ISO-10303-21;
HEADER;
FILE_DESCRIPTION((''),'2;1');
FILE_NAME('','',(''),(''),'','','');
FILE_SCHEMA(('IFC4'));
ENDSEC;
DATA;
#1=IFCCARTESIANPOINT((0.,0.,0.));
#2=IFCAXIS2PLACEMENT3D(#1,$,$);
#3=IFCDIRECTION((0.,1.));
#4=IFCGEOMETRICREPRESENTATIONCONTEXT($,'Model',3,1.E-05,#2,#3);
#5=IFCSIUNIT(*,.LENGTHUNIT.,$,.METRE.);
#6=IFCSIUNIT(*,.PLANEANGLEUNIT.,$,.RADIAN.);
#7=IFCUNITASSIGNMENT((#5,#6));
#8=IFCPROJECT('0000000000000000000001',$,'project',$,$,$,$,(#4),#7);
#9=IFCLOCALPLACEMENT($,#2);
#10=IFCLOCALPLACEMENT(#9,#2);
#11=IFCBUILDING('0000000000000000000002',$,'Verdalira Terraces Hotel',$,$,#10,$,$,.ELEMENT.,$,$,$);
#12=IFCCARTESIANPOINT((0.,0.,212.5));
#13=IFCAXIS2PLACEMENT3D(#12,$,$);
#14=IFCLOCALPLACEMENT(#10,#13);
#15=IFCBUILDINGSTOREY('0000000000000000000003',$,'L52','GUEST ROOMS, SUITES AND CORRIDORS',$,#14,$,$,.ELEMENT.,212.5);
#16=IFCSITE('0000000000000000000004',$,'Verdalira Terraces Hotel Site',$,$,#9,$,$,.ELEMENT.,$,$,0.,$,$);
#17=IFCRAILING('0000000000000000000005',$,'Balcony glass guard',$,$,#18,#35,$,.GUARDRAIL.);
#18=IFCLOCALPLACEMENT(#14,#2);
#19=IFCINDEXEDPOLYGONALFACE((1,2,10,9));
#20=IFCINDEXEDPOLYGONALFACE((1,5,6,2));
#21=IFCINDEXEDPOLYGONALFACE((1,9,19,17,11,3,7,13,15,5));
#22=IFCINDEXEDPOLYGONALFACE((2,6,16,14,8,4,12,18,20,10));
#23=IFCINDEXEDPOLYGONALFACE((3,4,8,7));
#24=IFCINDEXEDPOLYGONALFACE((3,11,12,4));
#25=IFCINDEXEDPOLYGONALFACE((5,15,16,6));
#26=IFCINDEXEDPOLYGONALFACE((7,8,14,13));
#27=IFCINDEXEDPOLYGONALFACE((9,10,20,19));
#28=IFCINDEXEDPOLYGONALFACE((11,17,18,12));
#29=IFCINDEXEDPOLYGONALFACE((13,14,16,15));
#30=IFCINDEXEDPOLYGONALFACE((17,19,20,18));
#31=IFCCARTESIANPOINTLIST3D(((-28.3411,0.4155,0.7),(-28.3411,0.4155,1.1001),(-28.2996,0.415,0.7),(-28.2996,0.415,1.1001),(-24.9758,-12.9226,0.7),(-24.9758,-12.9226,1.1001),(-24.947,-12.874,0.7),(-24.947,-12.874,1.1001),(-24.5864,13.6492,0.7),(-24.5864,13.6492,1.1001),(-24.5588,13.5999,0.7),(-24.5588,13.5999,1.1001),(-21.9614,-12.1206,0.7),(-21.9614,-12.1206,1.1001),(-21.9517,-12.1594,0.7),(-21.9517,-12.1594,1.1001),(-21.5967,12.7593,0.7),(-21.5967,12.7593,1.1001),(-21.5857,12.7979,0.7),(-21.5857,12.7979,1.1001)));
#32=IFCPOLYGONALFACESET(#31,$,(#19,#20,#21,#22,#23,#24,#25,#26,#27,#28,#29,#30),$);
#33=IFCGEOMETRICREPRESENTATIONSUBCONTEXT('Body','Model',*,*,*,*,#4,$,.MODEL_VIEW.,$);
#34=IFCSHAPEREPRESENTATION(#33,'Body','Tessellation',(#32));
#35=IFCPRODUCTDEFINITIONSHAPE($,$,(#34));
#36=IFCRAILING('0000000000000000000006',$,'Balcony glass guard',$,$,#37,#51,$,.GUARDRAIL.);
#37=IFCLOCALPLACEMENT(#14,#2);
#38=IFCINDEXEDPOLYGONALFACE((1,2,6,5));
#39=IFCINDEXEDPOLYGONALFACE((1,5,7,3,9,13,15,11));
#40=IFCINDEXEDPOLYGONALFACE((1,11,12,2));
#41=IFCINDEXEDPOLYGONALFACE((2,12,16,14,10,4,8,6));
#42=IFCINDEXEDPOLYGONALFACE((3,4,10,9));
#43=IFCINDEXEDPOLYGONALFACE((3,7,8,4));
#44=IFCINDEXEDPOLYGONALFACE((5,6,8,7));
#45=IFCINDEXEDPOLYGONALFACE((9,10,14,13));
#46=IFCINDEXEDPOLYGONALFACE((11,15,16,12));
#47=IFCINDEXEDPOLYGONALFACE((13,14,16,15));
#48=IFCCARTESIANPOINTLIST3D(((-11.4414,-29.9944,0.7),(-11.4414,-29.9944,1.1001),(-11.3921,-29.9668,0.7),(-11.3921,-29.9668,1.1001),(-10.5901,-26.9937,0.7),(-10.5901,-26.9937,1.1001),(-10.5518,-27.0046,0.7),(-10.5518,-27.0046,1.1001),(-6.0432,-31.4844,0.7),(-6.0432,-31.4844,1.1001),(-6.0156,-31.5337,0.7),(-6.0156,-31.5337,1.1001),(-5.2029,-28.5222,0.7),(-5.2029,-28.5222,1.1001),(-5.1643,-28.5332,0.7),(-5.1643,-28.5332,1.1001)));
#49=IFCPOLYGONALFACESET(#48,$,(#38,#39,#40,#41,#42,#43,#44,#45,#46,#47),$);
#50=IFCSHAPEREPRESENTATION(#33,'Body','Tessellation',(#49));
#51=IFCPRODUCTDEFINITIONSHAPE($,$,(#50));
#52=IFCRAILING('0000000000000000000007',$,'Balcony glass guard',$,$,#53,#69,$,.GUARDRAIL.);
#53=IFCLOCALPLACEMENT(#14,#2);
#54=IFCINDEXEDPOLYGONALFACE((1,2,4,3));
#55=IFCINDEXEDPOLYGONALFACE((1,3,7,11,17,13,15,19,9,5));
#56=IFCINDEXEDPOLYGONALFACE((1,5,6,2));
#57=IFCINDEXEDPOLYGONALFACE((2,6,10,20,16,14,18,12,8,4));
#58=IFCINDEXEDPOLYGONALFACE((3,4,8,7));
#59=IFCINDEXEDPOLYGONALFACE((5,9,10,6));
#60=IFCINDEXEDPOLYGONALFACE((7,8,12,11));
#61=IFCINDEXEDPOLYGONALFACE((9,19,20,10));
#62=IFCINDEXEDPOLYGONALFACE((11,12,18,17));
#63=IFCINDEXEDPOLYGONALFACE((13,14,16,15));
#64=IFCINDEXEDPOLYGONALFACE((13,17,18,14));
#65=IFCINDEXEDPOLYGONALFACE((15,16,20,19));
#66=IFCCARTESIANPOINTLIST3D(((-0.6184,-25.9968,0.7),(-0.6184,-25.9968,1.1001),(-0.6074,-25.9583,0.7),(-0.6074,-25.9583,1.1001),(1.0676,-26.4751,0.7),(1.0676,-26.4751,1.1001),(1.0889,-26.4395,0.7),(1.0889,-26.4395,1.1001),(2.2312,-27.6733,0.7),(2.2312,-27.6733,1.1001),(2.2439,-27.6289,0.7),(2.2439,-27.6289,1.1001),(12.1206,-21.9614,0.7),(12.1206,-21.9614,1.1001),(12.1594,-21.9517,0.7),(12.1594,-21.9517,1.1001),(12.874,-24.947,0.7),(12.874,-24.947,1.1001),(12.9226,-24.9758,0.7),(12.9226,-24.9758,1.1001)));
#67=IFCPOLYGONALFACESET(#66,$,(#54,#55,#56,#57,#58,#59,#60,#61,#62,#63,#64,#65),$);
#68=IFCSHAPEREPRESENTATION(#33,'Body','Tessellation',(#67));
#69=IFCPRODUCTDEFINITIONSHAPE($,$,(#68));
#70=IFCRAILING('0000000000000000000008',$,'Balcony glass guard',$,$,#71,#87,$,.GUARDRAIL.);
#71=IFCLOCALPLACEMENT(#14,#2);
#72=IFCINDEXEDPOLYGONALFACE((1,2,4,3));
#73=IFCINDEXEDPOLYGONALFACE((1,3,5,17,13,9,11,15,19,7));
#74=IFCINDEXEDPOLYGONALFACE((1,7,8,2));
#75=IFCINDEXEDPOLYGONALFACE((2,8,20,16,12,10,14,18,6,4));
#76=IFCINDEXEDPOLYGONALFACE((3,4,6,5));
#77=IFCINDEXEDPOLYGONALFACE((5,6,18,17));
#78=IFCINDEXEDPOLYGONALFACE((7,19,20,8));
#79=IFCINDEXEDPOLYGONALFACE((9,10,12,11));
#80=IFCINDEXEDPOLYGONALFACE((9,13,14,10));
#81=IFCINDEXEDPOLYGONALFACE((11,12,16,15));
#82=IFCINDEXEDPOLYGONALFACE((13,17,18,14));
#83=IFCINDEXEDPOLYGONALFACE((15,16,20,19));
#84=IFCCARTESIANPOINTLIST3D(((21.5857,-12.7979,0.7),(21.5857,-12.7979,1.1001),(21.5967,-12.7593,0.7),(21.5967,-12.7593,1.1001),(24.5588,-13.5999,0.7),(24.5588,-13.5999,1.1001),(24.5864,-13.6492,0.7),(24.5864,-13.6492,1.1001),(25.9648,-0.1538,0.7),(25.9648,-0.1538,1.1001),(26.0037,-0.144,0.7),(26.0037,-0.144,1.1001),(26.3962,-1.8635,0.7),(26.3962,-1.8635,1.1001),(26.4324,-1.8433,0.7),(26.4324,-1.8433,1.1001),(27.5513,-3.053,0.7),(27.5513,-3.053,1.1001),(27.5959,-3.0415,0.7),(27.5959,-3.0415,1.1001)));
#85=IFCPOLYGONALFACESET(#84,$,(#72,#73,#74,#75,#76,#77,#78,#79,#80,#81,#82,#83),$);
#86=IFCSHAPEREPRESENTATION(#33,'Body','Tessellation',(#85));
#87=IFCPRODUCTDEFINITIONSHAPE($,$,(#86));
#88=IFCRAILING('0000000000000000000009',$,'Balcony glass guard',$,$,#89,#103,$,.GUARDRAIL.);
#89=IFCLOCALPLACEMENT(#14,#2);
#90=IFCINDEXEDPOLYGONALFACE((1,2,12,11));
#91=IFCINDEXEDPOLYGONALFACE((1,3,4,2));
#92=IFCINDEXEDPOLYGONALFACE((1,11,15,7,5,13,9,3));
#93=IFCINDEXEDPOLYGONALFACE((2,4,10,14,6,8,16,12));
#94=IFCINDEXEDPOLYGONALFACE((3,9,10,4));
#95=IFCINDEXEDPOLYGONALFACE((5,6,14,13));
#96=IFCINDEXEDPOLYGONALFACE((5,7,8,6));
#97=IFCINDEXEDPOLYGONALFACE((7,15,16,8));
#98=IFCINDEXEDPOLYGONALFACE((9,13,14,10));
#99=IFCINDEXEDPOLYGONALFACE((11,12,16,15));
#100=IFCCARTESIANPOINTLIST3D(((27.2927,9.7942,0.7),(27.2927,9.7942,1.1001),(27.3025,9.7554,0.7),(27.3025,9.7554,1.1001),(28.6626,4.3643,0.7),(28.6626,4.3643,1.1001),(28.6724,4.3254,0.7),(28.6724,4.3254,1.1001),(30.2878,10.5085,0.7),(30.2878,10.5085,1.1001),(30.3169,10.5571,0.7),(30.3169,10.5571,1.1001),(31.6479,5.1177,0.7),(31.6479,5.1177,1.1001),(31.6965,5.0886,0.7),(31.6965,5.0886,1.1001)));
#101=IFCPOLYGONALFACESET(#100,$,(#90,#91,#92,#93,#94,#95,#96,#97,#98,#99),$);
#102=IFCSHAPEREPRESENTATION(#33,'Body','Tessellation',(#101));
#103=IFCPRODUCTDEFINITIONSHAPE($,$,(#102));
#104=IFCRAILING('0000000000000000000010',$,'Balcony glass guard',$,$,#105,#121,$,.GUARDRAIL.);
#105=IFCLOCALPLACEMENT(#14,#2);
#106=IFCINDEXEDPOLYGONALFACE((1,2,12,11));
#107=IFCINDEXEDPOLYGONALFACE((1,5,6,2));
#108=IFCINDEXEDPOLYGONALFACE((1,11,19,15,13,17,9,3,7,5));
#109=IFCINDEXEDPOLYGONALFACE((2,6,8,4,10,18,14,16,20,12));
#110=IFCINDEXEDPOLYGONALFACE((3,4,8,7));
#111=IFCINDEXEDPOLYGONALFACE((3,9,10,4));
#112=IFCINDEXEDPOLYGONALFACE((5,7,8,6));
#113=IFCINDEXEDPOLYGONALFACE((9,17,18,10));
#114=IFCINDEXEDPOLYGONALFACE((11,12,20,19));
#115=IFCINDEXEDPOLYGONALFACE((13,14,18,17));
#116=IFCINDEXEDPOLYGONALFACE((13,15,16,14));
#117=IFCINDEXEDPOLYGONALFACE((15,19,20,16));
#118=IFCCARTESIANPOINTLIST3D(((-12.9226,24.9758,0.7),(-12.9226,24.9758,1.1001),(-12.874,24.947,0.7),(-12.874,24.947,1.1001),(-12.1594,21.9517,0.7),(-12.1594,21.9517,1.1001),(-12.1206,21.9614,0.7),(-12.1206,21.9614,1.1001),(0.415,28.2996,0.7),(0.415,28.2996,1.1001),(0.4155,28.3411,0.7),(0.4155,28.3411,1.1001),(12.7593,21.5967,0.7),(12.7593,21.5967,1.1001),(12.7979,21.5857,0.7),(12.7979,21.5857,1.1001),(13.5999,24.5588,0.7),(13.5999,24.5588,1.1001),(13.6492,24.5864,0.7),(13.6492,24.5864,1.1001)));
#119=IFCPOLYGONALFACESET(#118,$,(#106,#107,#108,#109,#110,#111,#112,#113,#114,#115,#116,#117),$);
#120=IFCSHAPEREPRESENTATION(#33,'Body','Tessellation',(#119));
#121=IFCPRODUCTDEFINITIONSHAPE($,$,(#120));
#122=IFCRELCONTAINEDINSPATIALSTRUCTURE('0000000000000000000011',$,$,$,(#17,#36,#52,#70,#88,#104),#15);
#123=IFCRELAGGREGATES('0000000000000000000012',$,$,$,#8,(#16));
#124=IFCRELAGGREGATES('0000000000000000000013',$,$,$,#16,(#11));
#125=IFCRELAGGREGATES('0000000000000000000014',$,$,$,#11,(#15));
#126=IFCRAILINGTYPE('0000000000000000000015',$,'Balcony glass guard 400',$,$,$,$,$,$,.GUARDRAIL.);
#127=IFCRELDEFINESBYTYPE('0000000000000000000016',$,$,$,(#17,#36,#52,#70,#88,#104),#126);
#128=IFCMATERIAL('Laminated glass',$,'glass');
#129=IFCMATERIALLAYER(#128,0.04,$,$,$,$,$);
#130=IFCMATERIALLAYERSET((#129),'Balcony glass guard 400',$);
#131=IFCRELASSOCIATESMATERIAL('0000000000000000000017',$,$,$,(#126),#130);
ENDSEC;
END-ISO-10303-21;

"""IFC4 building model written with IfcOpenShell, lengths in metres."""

from ifc_helpers import new_model, si_unit, direction, frame, origin, place, context, subcontext, project, spatial, polyline, outline, extrude, material, layer, layer_set, type_object, element, save


model = new_model("IFC4")

# Units and contexts
model_context = context("Model", 3, precision=1e-05, world=origin(), true_north=direction((0.0, 1.0)))
body_context = subcontext(model_context, "Body", "Model", "MODEL_VIEW")
ifc_project = project(units=[si_unit("LENGTHUNIT", "METRE"), si_unit("PLANEANGLEUNIT", "RADIAN")], contexts=[model_context])

# Site, building, storey
site_placement = place(None, origin())
site = spatial("IfcSite", under=ifc_project, at=site_placement, Name="Verdalira Terraces Hotel Site", CompositionType="ELEMENT", RefElevation=0.0)
building_placement = place(site_placement, origin())
building = spatial("IfcBuilding", under=site, at=building_placement, Name="Verdalira Terraces Hotel", CompositionType="ELEMENT")
storey_placement = place(building_placement, frame((0.0, 0.0, 212.5)))
storey = spatial("IfcBuildingStorey", under=building, at=storey_placement, Name="L52", Description="GUEST ROOMS, SUITES AND CORRIDORS", CompositionType="ELEMENT", Elevation=212.5)

# Railings
ifc_material_1 = material(Name="Laminated glass", Category="glass")
ifc_layer_1 = layer(ifc_material_1, 0.04)
ifc_layer_set_1 = layer_set([ifc_layer_1], Name="Balcony glass guard 400")
railing_type_1 = type_object("IfcRailingType", Name="Balcony glass guard 400", PredefinedType="GUARDRAIL", material=ifc_layer_set_1)
railing_1_placement = place(storey_placement, frame((0.0, 0.0, 0.7)))
element("IfcRailing", 1, at=railing_1_placement, inside=storey, type_object=railing_type_1, Name="Balcony glass guard", PredefinedType="GUARDRAIL", context=body_context, shape_type="SweptSolid", body=[
    extrude(outline(polyline([(-24.5588, 13.5999), (-28.2996, 0.415), (-24.947, -12.874), (-21.9614, -12.1206), (-21.9517, -12.1594), (-24.9758, -12.9226), (-28.3411, 0.4155), (-24.5864, 13.6492), (-21.5857, 12.7979), (-21.5967, 12.7593), (-24.5588, 13.5999)])), origin(), (0.0, 0.0, 1.0), 0.4001),
])
railing_2_placement = place(storey_placement, frame((0.0, 0.0, 0.7)))
element("IfcRailing", 2, at=railing_2_placement, inside=storey, type_object=railing_type_1, Name="Balcony glass guard", PredefinedType="GUARDRAIL", context=body_context, shape_type="SweptSolid", body=[
    extrude(outline(polyline([(-11.3921, -29.9668), (-6.0432, -31.4844), (-5.2029, -28.5222), (-5.1643, -28.5332), (-6.0156, -31.5337), (-11.4414, -29.9944), (-10.5901, -26.9937), (-10.5518, -27.0046), (-11.3921, -29.9668)])), origin(), (0.0, 0.0, 1.0), 0.4001),
])
railing_3_placement = place(storey_placement, frame((0.0, 0.0, 0.7)))
element("IfcRailing", 3, at=railing_3_placement, inside=storey, type_object=railing_type_1, Name="Balcony glass guard", PredefinedType="GUARDRAIL", context=body_context, shape_type="SweptSolid", body=[
    extrude(outline(polyline([(1.0889, -26.4395), (2.2439, -27.6289), (12.874, -24.947), (12.1206, -21.9614), (12.1594, -21.9517), (12.9226, -24.9758), (2.2312, -27.6733), (1.0676, -26.4751), (-0.6184, -25.9968), (-0.6074, -25.9583), (1.0889, -26.4395)])), origin(), (0.0, 0.0, 1.0), 0.4001),
])
railing_4_placement = place(storey_placement, frame((0.0, 0.0, 0.7)))
element("IfcRailing", 4, at=railing_4_placement, inside=storey, type_object=railing_type_1, Name="Balcony glass guard", PredefinedType="GUARDRAIL", context=body_context, shape_type="SweptSolid", body=[
    extrude(outline(polyline([(24.5588, -13.5999), (27.5513, -3.053), (26.3962, -1.8635), (25.9648, -0.1538), (26.0037, -0.144), (26.4324, -1.8433), (27.5959, -3.0415), (24.5864, -13.6492), (21.5857, -12.7979), (21.5967, -12.7593), (24.5588, -13.5999)])), origin(), (0.0, 0.0, 1.0), 0.4001),
])
railing_5_placement = place(storey_placement, frame((0.0, 0.0, 0.7)))
element("IfcRailing", 5, at=railing_5_placement, inside=storey, type_object=railing_type_1, Name="Balcony glass guard", PredefinedType="GUARDRAIL", context=body_context, shape_type="SweptSolid", body=[
    extrude(outline(polyline([(31.6479, 5.1177), (30.2878, 10.5085), (27.3025, 9.7554), (27.2927, 9.7942), (30.3169, 10.5571), (31.6965, 5.0886), (28.6724, 4.3254), (28.6626, 4.3643), (31.6479, 5.1177)])), origin(), (0.0, 0.0, 1.0), 0.4001),
])
railing_6_placement = place(storey_placement, frame((0.0, 0.0, 0.7)))
element("IfcRailing", 6, at=railing_6_placement, inside=storey, type_object=railing_type_1, Name="Balcony glass guard", PredefinedType="GUARDRAIL", context=body_context, shape_type="SweptSolid", body=[
    extrude(outline(polyline([(13.5999, 24.5588), (0.415, 28.2996), (-12.874, 24.947), (-12.1206, 21.9614), (-12.1594, 21.9517), (-12.9226, 24.9758), (0.4155, 28.3411), (13.6492, 24.5864), (12.7979, 21.5857), (12.7593, 21.5967), (13.5999, 24.5588)])), origin(), (0.0, 0.0, 1.0), 0.4001),
])

save(model, "model.ifc")
